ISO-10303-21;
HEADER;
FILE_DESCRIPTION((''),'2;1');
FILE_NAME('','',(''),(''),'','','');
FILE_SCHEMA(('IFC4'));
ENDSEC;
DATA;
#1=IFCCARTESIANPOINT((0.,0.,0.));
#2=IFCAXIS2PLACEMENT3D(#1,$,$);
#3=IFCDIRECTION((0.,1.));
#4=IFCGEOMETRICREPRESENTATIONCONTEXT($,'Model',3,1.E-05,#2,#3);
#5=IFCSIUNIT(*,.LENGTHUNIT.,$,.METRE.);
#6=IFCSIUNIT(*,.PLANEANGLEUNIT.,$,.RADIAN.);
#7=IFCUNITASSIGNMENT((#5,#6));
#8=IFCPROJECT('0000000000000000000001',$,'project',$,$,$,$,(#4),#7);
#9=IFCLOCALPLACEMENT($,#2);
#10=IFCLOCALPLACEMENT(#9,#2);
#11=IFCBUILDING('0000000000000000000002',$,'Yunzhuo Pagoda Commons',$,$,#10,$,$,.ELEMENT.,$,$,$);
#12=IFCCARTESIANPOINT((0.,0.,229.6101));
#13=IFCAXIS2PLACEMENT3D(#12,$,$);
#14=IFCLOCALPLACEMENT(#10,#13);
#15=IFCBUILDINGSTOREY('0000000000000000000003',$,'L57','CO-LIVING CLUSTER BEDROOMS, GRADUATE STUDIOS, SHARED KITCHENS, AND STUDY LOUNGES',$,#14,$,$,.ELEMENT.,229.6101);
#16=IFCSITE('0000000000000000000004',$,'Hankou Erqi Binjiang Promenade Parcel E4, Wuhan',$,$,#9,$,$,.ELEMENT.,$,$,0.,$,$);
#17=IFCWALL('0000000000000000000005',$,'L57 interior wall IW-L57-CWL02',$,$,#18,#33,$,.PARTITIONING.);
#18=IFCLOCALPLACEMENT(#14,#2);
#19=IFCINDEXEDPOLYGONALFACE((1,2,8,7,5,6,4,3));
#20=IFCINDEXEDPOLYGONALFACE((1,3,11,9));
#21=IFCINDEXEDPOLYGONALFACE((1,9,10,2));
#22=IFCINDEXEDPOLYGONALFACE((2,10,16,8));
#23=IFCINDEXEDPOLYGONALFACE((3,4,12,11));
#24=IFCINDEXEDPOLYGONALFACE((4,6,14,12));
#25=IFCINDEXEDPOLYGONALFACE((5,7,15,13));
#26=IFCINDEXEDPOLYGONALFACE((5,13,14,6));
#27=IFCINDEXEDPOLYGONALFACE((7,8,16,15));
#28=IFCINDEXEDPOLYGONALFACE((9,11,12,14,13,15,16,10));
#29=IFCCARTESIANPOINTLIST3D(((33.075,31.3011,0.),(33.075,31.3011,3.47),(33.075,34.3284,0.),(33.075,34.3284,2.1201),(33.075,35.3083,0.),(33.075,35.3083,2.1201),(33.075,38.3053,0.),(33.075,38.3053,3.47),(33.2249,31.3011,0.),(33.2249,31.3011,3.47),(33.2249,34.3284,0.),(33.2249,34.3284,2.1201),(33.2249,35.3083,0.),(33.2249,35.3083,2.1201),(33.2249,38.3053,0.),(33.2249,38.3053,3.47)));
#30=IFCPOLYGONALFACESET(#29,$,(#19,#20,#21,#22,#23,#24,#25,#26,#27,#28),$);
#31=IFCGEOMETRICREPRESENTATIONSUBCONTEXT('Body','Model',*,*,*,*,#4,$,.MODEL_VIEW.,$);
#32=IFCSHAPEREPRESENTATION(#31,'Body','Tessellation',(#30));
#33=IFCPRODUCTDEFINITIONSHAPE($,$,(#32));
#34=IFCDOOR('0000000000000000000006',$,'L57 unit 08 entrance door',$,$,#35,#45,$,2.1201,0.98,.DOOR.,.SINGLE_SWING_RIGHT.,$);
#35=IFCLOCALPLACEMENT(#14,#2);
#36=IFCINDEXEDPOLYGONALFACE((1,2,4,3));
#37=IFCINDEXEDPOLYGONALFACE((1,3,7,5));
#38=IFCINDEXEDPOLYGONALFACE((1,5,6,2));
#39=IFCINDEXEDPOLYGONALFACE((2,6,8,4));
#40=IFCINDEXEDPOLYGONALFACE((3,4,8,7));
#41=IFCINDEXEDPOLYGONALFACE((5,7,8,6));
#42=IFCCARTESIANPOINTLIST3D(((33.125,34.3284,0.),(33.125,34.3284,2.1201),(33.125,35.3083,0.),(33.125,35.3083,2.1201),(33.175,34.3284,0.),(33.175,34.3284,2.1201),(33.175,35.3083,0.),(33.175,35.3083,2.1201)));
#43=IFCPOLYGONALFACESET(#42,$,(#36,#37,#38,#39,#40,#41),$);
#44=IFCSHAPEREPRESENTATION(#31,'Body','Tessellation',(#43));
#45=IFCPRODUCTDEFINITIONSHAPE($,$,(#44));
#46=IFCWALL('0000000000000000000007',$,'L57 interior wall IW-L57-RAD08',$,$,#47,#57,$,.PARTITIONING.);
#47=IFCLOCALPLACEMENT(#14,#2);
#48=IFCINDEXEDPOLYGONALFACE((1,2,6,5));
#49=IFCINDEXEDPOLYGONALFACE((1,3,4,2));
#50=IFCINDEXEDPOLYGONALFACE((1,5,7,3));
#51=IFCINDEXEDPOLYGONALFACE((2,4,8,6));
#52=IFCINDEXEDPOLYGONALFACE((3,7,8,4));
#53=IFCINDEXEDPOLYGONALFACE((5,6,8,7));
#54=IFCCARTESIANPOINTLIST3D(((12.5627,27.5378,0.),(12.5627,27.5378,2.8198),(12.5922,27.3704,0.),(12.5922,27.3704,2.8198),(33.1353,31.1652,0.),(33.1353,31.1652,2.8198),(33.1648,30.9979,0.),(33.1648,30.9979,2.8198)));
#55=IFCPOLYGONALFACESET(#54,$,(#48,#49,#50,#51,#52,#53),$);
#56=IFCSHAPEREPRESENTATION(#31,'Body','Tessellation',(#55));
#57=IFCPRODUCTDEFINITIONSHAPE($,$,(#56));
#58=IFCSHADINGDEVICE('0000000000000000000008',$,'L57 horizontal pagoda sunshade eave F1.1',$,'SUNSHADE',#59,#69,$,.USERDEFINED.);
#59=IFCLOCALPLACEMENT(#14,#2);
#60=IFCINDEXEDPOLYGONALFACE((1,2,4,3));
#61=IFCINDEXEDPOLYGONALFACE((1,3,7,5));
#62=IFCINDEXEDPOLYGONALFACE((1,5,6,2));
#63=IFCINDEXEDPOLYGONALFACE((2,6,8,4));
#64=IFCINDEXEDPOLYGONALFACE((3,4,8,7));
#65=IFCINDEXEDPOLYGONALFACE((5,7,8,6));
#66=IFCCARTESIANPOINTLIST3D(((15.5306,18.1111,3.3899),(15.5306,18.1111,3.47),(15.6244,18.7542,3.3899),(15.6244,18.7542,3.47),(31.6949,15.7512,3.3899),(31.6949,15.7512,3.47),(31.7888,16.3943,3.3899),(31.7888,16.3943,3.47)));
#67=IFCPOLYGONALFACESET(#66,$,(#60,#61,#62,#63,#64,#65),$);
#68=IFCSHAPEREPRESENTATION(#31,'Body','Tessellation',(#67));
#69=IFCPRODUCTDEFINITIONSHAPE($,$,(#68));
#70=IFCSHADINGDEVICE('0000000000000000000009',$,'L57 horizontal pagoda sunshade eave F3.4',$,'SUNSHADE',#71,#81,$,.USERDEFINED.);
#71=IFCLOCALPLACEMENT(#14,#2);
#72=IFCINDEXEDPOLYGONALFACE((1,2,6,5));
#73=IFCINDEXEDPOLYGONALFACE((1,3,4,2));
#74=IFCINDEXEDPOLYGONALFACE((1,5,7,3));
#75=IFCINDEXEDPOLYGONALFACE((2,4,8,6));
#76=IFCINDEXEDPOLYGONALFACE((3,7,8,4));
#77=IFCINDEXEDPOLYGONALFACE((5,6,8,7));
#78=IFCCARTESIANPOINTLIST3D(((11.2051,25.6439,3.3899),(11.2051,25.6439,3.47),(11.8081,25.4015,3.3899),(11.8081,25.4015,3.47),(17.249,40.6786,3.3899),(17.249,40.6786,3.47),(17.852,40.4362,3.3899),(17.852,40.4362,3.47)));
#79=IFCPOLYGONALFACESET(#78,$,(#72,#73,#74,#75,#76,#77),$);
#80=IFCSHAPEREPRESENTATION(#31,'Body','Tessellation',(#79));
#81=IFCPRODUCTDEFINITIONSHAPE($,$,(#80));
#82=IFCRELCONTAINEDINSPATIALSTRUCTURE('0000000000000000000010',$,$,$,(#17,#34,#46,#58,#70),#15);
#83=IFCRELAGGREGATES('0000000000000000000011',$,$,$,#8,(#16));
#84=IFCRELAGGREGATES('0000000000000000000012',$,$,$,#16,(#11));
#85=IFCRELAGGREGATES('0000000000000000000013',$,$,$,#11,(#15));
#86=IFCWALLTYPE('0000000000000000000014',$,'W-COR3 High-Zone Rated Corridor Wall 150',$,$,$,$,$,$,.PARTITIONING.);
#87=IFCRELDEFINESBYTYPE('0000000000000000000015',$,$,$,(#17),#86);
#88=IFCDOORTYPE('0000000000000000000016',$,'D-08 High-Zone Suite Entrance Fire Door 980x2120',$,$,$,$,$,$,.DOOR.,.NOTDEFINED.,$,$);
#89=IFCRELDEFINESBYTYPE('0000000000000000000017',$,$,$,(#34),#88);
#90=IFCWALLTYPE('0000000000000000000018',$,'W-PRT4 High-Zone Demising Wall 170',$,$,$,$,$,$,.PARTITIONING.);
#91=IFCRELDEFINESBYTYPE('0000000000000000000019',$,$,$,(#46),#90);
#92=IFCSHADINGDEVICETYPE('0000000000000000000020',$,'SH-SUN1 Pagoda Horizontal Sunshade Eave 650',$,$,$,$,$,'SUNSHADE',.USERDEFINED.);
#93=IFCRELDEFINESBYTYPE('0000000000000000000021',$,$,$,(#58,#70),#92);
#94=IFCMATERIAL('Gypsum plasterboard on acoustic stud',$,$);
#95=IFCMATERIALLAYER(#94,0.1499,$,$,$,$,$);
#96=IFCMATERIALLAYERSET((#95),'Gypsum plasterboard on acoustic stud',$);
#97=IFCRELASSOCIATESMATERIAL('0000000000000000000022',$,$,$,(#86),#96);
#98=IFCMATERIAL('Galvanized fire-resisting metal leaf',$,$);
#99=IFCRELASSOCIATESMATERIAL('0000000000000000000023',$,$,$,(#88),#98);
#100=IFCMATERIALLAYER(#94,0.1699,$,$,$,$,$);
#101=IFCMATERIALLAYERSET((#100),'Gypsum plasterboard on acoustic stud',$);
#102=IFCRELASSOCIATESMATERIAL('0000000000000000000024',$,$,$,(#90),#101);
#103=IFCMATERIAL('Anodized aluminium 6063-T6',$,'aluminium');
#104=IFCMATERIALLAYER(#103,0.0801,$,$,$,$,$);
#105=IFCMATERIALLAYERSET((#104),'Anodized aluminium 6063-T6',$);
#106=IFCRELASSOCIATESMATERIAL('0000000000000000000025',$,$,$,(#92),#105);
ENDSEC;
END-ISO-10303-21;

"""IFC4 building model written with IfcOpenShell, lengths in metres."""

from ifc_helpers import new_model, si_unit, direction, frame, frame_2d, origin, origin_with_axes, origin_2d, place, context, subcontext, project, spatial, rectangle, extrude, source, transform, mapped, material, layer, layer_set, type_object, element, fill, save


model = new_model("IFC4")

# Units and contexts
model_context = context("Model", 3, precision=1e-05, world=origin(), true_north=direction((0.0, 1.0)))
body_context = subcontext(model_context, "Body", "Model", "MODEL_VIEW")
ifc_project = project(units=[si_unit("LENGTHUNIT", "METRE"), si_unit("PLANEANGLEUNIT", "RADIAN")], contexts=[model_context])

# Site, building, storey
site_placement = place(None, origin())
site = spatial("IfcSite", under=ifc_project, at=site_placement, Name="Hankou Erqi Binjiang Promenade Parcel E4, Wuhan", CompositionType="ELEMENT", RefElevation=0.0)
building_placement = place(site_placement, origin())
building = spatial("IfcBuilding", under=site, at=building_placement, Name="Yunzhuo Pagoda Commons", CompositionType="ELEMENT")
storey_placement = place(building_placement, frame((0.0, 0.0, 229.6101)))
storey = spatial("IfcBuildingStorey", under=building, at=storey_placement, Name="L57", Description="CO-LIVING CLUSTER BEDROOMS, GRADUATE STUDIOS, SHARED KITCHENS, AND STUDY LOUNGES", CompositionType="ELEMENT", Elevation=229.6101)

# Shared definitions
ifc_material_1 = material(Name="Anodized aluminium 6063-T6", Category="aluminium")

# Shared definitions
ifc_material_2 = material(Name="Gypsum plasterboard on acoustic stud")
ifc_layer_1 = layer(ifc_material_2, 0.1499)
ifc_layer_set_1 = layer_set([ifc_layer_1], Name="Gypsum plasterboard on acoustic stud")
wall_type_1 = type_object("IfcWallType", Name="W-COR3 High-Zone Rated Corridor Wall 150", PredefinedType="PARTITIONING", material=ifc_layer_set_1)

# Wall, opening, door
wall_1_placement = place(storey_placement, frame((33.1499, 31.3013, 0.0), z_axis=(0.0, 0.0, 1.0), x_axis=(0.0, 1.0, 0.0)))
wall_1 = element("IfcWall", 1, at=wall_1_placement, inside=storey, type_object=wall_type_1, Name="L57 interior wall IW-L57-CWL02", PredefinedType="PARTITIONING", context=body_context, shape_type="SweptSolid", body=[
    extrude(rectangle(XDim=7.0042, YDim=0.1499, at=frame_2d((3.502, 0.0))), origin(), (0.0, 0.0, 1.0), 3.47),
])
opening_placement = place(wall_1_placement, frame((3.0271, 0.0, 0.0)))
opening = element("IfcOpeningElement", 2, at=opening_placement, cuts=wall_1, PredefinedType="OPENING", context=body_context, shape_type="SweptSolid", body=[
    extrude(rectangle(XDim=0.98, YDim=2.1201, at=frame_2d((0.49, 1.0601))), frame((0.0, 0.085, 0.0), z_axis=(0.0, -1.0, 0.0), x_axis=(1.0, 0.0, 0.0)), (0.0, 0.0, 1.0), 0.1699),
])
ifc_material_3 = material(Name="Galvanized fire-resisting metal leaf")
door_type = type_object("IfcDoorType", Name="D-08 High-Zone Suite Entrance Fire Door 980x2120", OperationType="NOTDEFINED", PredefinedType="DOOR", material=ifc_material_3)
shared_shape_1 = source(origin(), body_context, "Body", "SweptSolid", [
    extrude(rectangle(XDim=0.98, YDim=2.1201, at=frame_2d((0.49, 1.0601))), frame((0.0, 0.0249, 0.0), z_axis=(0.0, -1.0, 0.0), x_axis=(1.0, 0.0, 0.0)), (0.0, 0.0, 1.0), 0.05),
])
door_placement = place(opening_placement, origin_with_axes())
door = element("IfcDoor", 3, at=door_placement, inside=storey, type_object=door_type, Name="L57 unit 08 entrance door", OperationType="SINGLE_SWING_RIGHT", OverallHeight=2.1201, OverallWidth=0.98, PredefinedType="DOOR", context=body_context, shape_type="MappedRepresentation", body=[
    mapped(shared_shape_1, transform((0.0, 0.0, 0.0), scale=1.0)),
])
fill(opening, door)

# Wall
ifc_layer_2 = layer(ifc_material_2, 0.1699)
ifc_layer_set_2 = layer_set([ifc_layer_2], Name="Gypsum plasterboard on acoustic stud")
wall_type_2 = type_object("IfcWallType", Name="W-PRT4 High-Zone Demising Wall 170", PredefinedType="PARTITIONING", material=ifc_layer_set_2)
wall_2_placement = place(storey_placement, frame((33.1499, 31.0815, 0.0), z_axis=(0.0, 0.0, 1.0), x_axis=(-0.984808, -0.173646, 0.0)))
element("IfcWall", 4, at=wall_2_placement, inside=storey, type_object=wall_type_2, Name="L57 interior wall IW-L57-RAD08", PredefinedType="PARTITIONING", context=body_context, shape_type="SweptSolid", body=[
    extrude(rectangle(XDim=20.8899, YDim=0.1699, at=frame_2d((10.4448, 0.0))), origin(), (0.0, 0.0, 1.0), 2.8198),
])

# Shading devices
ifc_layer_3 = layer(ifc_material_1, 0.0801)
ifc_layer_set_3 = layer_set([ifc_layer_3], Name="Anodized aluminium 6063-T6")
shading_device_type = type_object("IfcShadingDeviceType", Name="SH-SUN1 Pagoda Horizontal Sunshade Eave 650", ElementType="SUNSHADE", PredefinedType="USERDEFINED", material=ifc_layer_set_3)
shared_shape_2 = source(origin(), body_context, "Body", "SweptSolid", [
    extrude(rectangle(XDim=16.3357, YDim=0.6499, at=origin_2d()), origin(), (0.0, 0.0, 1.0), 0.0801),
])
shading_device_1_placement = place(storey_placement, frame((23.6597, 17.2527, 3.3899), z_axis=(0.0, 0.0, 1.0), x_axis=(0.989511, -0.14446, 0.0)))
element("IfcShadingDevice", 5, at=shading_device_1_placement, inside=storey, type_object=shading_device_type, Name="L57 horizontal pagoda sunshade eave F1.1", ObjectType="SUNSHADE", PredefinedType="USERDEFINED", context=body_context, shape_type="MappedRepresentation", body=[
    mapped(shared_shape_2, transform((0.0, 0.0, 0.0), scale=1.0)),
])
shared_shape_3 = source(origin(), body_context, "Body", "SweptSolid", [
    extrude(rectangle(XDim=16.2041, YDim=0.6499, at=origin_2d()), origin(), (0.0, 0.0, 1.0), 0.0801),
])
shading_device_2_placement = place(storey_placement, frame((14.5286, 33.04, 3.3899), z_axis=(0.0, 0.0, 1.0), x_axis=(-0.372988, -0.927836, 0.0)))
element("IfcShadingDevice", 6, at=shading_device_2_placement, inside=storey, type_object=shading_device_type, Name="L57 horizontal pagoda sunshade eave F3.4", ObjectType="SUNSHADE", PredefinedType="USERDEFINED", context=body_context, shape_type="MappedRepresentation", body=[
    mapped(shared_shape_3, transform((0.0, 0.0, 0.0), scale=1.0)),
])

save(model, "model.ifc")
